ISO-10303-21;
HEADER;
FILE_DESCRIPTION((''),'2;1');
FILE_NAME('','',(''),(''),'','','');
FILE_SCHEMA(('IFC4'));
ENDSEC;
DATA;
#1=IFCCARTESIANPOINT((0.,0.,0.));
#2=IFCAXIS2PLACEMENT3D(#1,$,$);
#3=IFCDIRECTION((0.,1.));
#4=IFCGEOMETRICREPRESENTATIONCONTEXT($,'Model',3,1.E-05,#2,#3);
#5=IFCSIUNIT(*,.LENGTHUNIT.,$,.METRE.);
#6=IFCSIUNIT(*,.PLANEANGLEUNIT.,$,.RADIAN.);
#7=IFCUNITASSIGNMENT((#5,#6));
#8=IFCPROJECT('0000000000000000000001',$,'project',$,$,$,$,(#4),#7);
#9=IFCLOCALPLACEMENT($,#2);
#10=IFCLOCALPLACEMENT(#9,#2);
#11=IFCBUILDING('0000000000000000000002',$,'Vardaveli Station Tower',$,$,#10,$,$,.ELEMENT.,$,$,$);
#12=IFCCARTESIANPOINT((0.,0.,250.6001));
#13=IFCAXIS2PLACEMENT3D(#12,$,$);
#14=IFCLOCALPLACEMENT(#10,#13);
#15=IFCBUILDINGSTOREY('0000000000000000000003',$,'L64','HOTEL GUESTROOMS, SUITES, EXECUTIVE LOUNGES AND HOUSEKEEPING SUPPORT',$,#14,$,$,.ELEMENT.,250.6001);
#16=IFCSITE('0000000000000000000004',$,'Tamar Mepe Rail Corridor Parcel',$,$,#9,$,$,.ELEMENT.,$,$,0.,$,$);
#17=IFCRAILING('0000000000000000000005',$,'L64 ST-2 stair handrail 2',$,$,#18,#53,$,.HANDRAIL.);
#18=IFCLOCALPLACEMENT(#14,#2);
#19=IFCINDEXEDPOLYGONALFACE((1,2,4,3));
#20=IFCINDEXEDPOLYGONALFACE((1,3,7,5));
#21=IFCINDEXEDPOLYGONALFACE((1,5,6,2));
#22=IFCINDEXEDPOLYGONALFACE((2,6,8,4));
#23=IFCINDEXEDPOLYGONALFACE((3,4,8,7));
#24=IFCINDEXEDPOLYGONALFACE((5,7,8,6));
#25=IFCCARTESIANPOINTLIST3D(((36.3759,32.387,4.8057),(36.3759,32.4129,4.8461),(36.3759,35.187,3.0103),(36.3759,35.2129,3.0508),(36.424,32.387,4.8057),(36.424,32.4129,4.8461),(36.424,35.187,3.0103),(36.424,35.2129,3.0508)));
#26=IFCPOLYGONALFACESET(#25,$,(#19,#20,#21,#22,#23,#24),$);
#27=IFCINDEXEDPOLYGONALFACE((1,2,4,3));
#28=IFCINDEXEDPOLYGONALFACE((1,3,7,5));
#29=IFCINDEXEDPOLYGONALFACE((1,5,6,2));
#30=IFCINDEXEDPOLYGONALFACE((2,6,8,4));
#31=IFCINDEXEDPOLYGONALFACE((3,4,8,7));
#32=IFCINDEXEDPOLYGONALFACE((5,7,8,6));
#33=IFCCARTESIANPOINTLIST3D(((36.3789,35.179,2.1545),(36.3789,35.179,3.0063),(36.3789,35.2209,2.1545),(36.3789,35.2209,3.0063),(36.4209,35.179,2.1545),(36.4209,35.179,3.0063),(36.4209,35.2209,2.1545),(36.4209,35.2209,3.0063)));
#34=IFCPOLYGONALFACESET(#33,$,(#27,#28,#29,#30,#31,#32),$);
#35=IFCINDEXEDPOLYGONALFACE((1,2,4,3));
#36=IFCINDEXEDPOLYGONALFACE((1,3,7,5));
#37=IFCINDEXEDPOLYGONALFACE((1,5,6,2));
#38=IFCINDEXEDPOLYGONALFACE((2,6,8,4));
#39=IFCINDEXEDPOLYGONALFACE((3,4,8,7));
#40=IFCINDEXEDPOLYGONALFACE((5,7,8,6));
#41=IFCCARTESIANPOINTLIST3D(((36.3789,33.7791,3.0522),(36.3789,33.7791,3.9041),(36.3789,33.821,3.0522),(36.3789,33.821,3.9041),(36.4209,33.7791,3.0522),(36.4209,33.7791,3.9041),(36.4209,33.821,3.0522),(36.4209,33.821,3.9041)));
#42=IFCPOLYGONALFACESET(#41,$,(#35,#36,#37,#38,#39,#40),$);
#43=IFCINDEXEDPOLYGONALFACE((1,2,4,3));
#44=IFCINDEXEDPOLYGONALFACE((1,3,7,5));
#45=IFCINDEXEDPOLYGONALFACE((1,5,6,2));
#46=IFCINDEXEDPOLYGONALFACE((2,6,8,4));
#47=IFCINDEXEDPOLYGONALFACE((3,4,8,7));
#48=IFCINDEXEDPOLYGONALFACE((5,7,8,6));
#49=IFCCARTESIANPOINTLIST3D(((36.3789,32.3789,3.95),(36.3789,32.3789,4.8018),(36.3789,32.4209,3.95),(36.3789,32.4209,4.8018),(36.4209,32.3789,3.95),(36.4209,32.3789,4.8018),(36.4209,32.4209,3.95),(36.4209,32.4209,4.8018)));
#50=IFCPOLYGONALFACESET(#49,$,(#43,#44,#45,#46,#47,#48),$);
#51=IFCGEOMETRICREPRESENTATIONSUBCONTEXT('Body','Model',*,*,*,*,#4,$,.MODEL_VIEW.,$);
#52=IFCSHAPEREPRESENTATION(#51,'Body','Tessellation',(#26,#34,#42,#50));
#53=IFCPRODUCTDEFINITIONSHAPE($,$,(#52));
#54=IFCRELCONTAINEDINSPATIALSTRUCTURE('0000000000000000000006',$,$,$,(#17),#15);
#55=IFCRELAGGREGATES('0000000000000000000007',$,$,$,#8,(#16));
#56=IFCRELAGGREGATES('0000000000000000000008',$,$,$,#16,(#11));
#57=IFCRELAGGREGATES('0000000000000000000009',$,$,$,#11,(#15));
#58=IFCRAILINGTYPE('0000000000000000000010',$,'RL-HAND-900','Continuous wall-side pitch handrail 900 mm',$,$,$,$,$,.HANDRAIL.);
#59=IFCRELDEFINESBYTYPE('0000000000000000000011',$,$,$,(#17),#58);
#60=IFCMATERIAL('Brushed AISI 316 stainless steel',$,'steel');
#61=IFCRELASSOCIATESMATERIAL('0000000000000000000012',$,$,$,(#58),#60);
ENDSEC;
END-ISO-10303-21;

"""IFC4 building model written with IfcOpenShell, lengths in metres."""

from ifc_helpers import new_model, si_unit, direction, frame, origin, origin_2d, place, context, subcontext, project, spatial, rectangle, extrude, source, transform, mapped, material, type_object, element, save


model = new_model("IFC4")

# Units and contexts
model_context = context("Model", 3, precision=1e-05, world=origin(), true_north=direction((0.0, 1.0)))
body_context = subcontext(model_context, "Body", "Model", "MODEL_VIEW")
ifc_project = project(units=[si_unit("LENGTHUNIT", "METRE"), si_unit("PLANEANGLEUNIT", "RADIAN")], contexts=[model_context])

# Site, building, storey
site_placement = place(None, origin())
site = spatial("IfcSite", under=ifc_project, at=site_placement, Name="Tamar Mepe Rail Corridor Parcel", CompositionType="ELEMENT", RefElevation=0.0)
building_placement = place(site_placement, origin())
building = spatial("IfcBuilding", under=site, at=building_placement, Name="Vardaveli Station Tower", CompositionType="ELEMENT")
storey_placement = place(building_placement, frame((0.0, 0.0, 250.6001)))
storey = spatial("IfcBuildingStorey", under=building, at=storey_placement, Name="L64", Description="HOTEL GUESTROOMS, SUITES, EXECUTIVE LOUNGES AND HOUSEKEEPING SUPPORT", CompositionType="ELEMENT", Elevation=250.6001)

# Railing
ifc_material_1 = material(Name="Brushed AISI 316 stainless steel", Category="steel")
railing_type_1 = type_object("IfcRailingType", Name="RL-HAND-900", Description="Continuous wall-side pitch handrail 900 mm", PredefinedType="HANDRAIL", material=ifc_material_1)
shared_shape_1 = source(origin(), body_context, "Body", "SweptSolid", [
    extrude(rectangle(XDim=0.0481, YDim=0.0481, at=origin_2d()), frame((0.0, 0.0, 0.876), z_axis=(0.0, -0.84181, 0.539774), x_axis=(1.0, 0.0, 0.0)), (0.0, 0.0, 1.0), 3.3262),
    extrude(rectangle(XDim=0.042, YDim=0.042, at=origin_2d()), origin(), (0.0, 0.0, 1.0), 0.8518),
    extrude(rectangle(XDim=0.042, YDim=0.042, at=origin_2d()), frame((0.0, -1.3999, 0.8977)), (0.0, 0.0, 1.0), 0.8518),
    extrude(rectangle(XDim=0.042, YDim=0.042, at=origin_2d()), frame((0.0, -2.8, 1.7954)), (0.0, 0.0, 1.0), 0.8518),
])
for number, where, name in (
    (1, (36.3999, 35.2, 2.1545), "L64 ST-2 stair handrail 2"),
):
    element("IfcRailing", number, at=place(storey_placement, frame(where)), inside=storey, type_object=railing_type_1, Name=name, PredefinedType="HANDRAIL", context=body_context, shape_type="MappedRepresentation", body=[
        mapped(shared_shape_1, transform((0.0, 0.0, 0.0), scale=1.0)),
    ])

save(model, "model.ifc")
